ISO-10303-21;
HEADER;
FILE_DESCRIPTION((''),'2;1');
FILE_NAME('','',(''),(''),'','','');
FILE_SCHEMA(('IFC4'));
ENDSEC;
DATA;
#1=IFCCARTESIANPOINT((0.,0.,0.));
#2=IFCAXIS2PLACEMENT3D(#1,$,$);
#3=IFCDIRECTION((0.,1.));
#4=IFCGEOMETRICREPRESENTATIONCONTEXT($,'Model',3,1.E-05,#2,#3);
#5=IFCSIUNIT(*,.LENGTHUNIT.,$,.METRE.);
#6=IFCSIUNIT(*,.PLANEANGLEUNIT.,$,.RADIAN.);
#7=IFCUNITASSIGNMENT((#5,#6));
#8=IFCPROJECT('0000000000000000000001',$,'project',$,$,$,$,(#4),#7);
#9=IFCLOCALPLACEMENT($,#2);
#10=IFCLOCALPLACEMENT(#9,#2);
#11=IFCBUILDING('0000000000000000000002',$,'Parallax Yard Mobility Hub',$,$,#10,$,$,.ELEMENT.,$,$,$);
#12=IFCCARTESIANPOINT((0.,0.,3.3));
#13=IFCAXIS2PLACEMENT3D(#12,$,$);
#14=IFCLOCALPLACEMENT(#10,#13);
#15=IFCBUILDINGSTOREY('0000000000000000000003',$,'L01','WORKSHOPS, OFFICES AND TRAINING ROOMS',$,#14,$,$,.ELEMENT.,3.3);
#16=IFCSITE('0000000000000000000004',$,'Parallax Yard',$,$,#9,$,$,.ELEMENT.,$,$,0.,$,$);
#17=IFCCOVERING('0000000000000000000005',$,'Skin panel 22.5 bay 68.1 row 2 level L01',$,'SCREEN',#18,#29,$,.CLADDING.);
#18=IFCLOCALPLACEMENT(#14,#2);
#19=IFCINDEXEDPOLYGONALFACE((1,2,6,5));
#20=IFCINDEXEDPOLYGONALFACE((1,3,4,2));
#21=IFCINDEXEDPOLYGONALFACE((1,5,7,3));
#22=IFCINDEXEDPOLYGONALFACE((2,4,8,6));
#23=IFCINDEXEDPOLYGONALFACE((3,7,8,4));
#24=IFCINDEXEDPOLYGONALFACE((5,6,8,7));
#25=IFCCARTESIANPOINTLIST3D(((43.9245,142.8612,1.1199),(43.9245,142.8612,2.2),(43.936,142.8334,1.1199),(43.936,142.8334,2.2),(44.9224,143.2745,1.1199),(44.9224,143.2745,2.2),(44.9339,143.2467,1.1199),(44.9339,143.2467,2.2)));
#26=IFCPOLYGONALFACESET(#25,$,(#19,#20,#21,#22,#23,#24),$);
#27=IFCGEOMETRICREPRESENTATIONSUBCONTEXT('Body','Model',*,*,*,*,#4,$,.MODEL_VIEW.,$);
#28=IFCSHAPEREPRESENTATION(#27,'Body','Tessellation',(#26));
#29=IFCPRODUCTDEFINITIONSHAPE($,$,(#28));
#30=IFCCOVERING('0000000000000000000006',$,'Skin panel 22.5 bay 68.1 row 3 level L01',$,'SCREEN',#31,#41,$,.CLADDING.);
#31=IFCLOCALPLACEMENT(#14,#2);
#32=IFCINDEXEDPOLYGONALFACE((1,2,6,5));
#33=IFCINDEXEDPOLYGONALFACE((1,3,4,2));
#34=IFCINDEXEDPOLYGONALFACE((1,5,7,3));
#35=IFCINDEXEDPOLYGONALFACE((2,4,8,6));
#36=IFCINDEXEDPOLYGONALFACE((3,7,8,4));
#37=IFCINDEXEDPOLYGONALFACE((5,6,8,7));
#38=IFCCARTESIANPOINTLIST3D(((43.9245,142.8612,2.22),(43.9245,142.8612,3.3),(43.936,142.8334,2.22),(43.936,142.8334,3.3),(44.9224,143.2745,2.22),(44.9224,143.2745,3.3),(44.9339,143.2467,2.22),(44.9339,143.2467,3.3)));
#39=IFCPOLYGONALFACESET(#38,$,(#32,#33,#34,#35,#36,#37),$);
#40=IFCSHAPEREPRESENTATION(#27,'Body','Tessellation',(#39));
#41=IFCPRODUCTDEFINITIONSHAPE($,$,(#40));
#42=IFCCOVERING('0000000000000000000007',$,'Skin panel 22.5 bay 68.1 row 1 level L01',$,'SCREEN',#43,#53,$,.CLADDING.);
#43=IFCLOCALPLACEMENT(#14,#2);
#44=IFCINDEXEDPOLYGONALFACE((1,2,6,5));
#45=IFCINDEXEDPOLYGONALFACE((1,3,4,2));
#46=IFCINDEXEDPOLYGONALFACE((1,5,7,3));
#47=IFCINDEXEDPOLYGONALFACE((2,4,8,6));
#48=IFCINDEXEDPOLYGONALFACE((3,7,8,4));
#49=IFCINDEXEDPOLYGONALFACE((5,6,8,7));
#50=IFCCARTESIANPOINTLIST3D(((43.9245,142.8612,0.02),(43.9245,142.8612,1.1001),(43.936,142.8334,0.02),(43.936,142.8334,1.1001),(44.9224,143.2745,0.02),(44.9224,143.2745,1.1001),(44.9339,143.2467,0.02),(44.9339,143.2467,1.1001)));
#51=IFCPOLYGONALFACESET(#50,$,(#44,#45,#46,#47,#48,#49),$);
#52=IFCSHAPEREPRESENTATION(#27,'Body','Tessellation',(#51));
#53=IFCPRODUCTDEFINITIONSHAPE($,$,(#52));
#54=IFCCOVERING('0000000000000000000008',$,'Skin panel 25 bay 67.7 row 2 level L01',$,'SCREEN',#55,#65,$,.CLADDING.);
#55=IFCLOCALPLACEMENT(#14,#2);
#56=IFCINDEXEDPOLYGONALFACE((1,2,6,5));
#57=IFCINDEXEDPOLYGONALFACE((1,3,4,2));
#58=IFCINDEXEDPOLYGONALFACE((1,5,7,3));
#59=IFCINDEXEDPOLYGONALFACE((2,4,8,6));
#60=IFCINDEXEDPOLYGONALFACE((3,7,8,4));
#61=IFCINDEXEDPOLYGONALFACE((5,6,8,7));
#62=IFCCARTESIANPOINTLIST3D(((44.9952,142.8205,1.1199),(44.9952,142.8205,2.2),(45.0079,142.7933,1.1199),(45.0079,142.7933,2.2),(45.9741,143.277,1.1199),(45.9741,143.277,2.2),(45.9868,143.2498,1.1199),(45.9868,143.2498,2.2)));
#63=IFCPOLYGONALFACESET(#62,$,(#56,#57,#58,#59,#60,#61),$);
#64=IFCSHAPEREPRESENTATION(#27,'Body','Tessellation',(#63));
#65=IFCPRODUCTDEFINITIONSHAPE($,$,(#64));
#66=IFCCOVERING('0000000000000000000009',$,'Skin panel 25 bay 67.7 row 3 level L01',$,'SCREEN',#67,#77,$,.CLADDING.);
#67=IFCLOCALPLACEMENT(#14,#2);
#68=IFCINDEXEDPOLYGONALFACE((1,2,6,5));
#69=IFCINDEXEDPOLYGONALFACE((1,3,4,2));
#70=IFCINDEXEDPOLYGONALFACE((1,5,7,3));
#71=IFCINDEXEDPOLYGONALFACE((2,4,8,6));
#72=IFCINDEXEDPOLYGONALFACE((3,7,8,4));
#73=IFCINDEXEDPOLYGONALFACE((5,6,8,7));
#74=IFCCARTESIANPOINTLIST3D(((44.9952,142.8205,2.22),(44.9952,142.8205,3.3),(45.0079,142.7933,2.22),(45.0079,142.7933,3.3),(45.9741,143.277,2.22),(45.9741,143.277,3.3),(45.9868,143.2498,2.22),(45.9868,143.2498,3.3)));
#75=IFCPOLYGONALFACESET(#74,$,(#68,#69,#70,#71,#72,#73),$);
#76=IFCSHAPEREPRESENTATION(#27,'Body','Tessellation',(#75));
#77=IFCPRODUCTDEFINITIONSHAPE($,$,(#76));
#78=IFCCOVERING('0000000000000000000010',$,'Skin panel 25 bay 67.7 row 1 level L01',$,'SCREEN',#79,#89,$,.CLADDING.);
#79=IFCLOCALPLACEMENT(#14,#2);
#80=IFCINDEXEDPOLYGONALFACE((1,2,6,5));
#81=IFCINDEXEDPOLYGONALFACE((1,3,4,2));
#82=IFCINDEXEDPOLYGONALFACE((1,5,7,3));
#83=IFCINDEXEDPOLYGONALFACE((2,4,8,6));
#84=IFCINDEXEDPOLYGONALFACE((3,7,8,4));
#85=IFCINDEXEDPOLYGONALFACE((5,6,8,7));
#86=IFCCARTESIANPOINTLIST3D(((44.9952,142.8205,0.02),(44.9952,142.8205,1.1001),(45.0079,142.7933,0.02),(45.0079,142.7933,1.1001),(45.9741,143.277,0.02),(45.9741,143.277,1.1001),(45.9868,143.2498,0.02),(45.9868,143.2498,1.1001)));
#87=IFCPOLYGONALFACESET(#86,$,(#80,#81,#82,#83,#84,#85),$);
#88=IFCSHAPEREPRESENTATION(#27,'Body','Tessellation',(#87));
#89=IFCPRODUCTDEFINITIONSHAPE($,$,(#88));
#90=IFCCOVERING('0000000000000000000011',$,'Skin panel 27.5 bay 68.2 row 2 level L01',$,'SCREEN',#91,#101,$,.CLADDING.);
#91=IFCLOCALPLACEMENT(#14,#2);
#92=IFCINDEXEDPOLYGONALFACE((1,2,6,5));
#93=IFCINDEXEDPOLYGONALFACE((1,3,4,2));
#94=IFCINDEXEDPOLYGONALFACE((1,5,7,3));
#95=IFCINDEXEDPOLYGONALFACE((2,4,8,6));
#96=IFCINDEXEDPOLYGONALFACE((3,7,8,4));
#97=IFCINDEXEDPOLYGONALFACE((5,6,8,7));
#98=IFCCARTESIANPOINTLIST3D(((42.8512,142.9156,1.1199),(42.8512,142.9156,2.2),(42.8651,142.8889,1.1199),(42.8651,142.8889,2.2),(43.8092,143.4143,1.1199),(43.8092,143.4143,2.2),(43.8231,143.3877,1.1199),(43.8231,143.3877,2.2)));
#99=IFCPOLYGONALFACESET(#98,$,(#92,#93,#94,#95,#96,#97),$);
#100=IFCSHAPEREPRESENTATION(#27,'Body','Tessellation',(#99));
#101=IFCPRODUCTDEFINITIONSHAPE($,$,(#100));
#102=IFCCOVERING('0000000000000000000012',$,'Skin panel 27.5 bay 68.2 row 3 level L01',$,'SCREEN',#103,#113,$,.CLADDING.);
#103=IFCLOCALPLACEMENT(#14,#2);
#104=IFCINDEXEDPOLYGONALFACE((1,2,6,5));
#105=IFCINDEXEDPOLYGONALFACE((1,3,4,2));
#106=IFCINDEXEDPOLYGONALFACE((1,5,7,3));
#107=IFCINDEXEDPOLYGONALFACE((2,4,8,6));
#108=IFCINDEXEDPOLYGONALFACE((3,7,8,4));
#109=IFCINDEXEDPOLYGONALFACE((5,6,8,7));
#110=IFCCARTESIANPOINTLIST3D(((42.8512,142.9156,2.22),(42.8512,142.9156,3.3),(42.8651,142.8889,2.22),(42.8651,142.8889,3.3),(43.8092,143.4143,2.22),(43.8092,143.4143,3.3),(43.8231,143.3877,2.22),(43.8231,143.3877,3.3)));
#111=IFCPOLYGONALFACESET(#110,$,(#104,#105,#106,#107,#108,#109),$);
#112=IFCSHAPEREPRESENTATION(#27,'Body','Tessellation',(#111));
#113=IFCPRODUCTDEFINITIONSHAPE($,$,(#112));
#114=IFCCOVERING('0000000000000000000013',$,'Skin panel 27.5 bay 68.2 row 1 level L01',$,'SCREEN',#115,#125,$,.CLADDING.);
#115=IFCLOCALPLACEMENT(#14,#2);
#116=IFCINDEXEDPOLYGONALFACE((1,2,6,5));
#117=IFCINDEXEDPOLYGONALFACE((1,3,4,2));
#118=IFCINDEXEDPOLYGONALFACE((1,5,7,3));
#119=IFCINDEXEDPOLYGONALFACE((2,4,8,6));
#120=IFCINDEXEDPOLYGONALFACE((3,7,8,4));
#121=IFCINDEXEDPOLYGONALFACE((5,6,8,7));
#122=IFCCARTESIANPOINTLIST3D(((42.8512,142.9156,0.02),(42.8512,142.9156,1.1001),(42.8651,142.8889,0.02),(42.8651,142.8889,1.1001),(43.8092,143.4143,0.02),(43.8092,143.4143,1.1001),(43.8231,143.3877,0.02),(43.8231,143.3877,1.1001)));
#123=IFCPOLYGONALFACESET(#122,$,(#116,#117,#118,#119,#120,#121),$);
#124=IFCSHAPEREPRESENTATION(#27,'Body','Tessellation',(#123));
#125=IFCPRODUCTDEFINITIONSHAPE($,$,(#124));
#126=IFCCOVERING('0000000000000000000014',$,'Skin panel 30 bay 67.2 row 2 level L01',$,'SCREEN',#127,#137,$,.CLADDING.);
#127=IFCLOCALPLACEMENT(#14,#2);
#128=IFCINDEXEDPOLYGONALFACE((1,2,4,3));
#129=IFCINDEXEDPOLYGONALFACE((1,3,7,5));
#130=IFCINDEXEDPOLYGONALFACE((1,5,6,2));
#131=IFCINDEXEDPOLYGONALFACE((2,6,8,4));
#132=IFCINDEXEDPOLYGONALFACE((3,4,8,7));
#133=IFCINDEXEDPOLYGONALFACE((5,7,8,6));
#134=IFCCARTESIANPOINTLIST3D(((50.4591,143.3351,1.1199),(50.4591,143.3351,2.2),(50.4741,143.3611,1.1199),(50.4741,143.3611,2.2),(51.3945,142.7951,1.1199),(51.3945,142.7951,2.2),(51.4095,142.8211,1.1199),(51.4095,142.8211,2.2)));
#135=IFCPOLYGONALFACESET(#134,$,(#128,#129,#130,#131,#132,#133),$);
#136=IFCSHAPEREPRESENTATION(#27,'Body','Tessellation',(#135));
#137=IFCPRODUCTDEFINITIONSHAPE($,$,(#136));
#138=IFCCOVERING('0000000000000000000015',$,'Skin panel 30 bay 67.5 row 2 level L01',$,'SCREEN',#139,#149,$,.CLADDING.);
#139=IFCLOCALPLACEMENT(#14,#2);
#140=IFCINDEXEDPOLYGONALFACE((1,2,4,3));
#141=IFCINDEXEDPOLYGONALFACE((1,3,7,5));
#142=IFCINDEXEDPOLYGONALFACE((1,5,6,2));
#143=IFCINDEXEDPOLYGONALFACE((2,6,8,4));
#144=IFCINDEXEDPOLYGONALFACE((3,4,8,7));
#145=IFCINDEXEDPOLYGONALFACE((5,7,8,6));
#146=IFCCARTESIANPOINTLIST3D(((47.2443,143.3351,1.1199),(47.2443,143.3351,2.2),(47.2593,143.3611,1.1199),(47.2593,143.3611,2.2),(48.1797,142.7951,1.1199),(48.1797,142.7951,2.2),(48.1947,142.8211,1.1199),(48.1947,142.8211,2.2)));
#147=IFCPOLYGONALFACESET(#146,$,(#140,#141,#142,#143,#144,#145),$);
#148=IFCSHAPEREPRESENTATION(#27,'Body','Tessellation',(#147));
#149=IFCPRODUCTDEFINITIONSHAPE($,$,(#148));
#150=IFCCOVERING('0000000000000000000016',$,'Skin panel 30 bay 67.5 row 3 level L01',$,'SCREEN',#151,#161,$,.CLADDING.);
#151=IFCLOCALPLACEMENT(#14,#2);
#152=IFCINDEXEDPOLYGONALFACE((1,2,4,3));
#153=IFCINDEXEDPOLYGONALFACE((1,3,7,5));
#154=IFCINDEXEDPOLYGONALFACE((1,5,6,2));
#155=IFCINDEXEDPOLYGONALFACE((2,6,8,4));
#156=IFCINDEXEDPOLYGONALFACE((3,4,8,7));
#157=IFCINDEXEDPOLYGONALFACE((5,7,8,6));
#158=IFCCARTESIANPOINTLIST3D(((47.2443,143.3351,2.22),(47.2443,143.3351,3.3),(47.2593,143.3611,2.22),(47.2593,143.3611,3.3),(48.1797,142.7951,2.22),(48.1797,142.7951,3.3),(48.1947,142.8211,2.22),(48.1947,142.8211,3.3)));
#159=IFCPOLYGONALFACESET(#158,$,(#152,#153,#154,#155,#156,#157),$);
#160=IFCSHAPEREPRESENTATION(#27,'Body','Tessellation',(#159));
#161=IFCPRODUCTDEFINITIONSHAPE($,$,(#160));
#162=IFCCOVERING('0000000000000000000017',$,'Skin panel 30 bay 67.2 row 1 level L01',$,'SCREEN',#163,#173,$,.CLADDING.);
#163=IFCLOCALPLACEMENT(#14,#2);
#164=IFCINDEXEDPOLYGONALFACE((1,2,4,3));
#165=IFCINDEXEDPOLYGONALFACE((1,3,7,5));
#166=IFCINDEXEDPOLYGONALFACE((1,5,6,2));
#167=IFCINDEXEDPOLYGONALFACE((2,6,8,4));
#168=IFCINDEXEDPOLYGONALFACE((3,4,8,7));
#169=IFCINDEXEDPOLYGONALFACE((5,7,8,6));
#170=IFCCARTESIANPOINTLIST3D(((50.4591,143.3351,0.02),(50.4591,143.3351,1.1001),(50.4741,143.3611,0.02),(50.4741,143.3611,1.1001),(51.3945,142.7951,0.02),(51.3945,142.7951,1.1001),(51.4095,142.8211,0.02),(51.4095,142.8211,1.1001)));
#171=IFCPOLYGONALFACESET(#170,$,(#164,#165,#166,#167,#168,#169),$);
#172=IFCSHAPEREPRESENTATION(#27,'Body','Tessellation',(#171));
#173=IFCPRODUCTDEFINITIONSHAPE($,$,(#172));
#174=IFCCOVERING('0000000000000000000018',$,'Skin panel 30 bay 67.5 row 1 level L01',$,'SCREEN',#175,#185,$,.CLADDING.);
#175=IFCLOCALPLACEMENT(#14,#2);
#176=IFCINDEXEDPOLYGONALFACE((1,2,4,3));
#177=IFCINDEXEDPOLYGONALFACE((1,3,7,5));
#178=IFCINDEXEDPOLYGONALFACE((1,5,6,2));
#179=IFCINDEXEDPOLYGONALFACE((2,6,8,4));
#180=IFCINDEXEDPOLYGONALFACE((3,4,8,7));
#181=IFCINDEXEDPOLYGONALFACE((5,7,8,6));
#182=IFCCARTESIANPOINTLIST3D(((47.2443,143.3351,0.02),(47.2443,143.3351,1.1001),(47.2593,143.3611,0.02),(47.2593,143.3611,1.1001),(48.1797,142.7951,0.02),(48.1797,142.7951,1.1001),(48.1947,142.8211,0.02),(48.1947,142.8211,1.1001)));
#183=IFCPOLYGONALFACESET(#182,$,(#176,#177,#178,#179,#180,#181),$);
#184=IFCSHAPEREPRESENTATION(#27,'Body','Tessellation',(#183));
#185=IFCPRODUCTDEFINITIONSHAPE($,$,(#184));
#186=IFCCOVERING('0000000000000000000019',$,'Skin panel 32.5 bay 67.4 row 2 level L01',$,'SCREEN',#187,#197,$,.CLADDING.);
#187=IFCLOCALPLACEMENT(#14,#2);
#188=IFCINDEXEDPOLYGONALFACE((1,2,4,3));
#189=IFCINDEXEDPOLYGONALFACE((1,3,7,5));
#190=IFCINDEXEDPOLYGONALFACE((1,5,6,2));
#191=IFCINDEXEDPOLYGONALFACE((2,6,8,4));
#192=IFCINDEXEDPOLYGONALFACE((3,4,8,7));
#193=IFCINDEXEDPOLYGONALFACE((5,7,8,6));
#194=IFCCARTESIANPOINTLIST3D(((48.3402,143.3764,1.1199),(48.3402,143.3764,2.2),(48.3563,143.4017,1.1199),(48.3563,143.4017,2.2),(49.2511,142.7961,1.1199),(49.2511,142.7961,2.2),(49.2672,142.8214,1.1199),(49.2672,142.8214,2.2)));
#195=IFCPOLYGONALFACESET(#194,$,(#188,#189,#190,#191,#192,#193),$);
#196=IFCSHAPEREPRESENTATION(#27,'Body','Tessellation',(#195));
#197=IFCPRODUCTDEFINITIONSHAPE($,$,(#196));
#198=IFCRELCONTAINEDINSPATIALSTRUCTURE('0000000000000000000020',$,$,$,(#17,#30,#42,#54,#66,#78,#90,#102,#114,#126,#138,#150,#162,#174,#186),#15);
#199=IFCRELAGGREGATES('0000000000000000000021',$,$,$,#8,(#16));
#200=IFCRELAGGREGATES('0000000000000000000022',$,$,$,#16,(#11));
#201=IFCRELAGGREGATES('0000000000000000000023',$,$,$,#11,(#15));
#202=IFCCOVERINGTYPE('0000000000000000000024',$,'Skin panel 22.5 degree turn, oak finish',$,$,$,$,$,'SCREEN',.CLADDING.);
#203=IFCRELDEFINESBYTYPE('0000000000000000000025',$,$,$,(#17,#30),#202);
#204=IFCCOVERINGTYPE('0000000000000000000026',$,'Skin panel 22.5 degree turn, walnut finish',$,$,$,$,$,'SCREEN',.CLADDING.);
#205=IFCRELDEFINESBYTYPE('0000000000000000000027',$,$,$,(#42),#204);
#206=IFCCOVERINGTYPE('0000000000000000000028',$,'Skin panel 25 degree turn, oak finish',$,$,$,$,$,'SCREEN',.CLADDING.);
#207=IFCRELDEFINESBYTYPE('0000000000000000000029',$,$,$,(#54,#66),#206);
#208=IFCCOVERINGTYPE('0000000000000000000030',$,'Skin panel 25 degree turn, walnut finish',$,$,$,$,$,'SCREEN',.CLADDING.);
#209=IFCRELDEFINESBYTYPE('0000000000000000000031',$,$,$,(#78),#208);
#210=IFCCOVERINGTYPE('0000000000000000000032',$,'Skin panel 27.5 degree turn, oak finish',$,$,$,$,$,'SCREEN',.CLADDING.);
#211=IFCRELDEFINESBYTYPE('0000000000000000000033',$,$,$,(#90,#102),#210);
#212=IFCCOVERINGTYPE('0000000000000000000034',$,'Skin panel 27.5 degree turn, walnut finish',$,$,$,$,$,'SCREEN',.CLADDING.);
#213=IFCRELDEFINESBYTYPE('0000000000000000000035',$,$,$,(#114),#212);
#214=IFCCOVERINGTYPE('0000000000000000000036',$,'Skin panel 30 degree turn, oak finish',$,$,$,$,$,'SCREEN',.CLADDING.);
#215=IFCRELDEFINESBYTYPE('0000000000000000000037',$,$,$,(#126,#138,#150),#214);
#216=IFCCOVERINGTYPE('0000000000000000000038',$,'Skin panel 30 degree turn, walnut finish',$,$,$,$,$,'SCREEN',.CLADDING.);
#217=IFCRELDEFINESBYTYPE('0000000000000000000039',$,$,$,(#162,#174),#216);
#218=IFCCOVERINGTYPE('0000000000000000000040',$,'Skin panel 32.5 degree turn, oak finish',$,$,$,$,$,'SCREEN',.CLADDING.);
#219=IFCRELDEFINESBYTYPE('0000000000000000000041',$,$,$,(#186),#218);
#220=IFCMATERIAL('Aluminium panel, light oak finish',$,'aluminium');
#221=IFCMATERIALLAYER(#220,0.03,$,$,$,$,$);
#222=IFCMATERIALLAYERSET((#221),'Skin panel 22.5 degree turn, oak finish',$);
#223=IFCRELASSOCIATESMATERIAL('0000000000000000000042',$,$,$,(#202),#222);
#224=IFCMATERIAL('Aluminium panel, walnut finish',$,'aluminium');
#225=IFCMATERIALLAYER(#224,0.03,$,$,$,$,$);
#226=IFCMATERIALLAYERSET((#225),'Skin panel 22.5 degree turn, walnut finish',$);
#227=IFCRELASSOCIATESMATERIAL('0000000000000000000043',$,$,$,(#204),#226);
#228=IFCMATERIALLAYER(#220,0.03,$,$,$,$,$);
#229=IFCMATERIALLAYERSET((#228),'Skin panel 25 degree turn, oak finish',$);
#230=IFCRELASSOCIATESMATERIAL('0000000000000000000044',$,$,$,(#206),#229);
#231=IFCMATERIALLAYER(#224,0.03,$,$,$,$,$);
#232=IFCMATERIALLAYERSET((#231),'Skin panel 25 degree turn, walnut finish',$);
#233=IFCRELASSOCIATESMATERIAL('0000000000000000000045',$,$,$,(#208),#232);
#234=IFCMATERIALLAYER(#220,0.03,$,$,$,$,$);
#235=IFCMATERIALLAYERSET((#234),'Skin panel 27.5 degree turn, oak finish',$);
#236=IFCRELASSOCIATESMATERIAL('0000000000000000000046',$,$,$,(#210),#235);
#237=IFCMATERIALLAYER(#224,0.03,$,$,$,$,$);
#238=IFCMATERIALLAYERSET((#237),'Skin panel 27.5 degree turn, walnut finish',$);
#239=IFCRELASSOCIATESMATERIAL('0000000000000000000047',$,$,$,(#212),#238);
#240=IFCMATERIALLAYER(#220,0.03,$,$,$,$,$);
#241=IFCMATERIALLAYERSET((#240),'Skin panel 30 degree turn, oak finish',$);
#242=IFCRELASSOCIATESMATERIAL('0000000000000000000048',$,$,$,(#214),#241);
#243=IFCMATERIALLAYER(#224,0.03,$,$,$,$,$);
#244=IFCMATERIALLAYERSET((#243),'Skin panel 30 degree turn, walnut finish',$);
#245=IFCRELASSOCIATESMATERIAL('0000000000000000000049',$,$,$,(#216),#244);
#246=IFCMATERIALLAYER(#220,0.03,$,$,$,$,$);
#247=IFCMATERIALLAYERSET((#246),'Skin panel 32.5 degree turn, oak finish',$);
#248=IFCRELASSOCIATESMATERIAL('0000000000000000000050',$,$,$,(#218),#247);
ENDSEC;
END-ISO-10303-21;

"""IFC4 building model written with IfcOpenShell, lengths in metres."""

from ifc_helpers import new_model, si_unit, direction, frame, origin, origin_2d, place, context, subcontext, project, spatial, rectangle, extrude, material, layer, layer_set, type_object, element, save


model = new_model("IFC4")

# Units and contexts
model_context = context("Model", 3, precision=1e-05, world=origin(), true_north=direction((0.0, 1.0)))
body_context = subcontext(model_context, "Body", "Model", "MODEL_VIEW")
ifc_project = project(units=[si_unit("LENGTHUNIT", "METRE"), si_unit("PLANEANGLEUNIT", "RADIAN")], contexts=[model_context])

# Site, building, storey
site_placement = place(None, origin())
site = spatial("IfcSite", under=ifc_project, at=site_placement, Name="Parallax Yard", CompositionType="ELEMENT", RefElevation=0.0)
building_placement = place(site_placement, origin())
building = spatial("IfcBuilding", under=site, at=building_placement, Name="Parallax Yard Mobility Hub", CompositionType="ELEMENT")
storey_placement = place(building_placement, frame((0.0, 0.0, 3.3)))
storey = spatial("IfcBuildingStorey", under=building, at=storey_placement, Name="L01", Description="WORKSHOPS, OFFICES AND TRAINING ROOMS", CompositionType="ELEMENT", Elevation=3.3)

# Coverings
ifc_material_1 = material(Name="Aluminium panel, light oak finish", Category="aluminium")
ifc_layer_1 = layer(ifc_material_1, 0.03)
ifc_layer_set_1 = layer_set([ifc_layer_1], Name="Skin panel 22.5 degree turn, oak finish")
covering_type_1 = type_object("IfcCoveringType", Name="Skin panel 22.5 degree turn, oak finish", ElementType="SCREEN", PredefinedType="CLADDING", material=ifc_layer_set_1)
for number, where, z_axis, x_axis, name in (
    (1, (44.4292, 143.054, 1.1199), (0.0, 0.0, 1.0), (0.92388, 0.382683, 0.0), "Skin panel 22.5 bay 68.1 row 2 level L01"),
    (2, (44.4292, 143.054, 2.22), (0.0, 0.0, 1.0), (0.92388, 0.382683, 0.0), "Skin panel 22.5 bay 68.1 row 3 level L01"),
):
    element("IfcCovering", number, at=place(storey_placement, frame(where, z_axis=z_axis, x_axis=x_axis)), inside=storey, type_object=covering_type_1, Name=name, ObjectType="SCREEN", PredefinedType="CLADDING", context=body_context, shape_type="SweptSolid", body=[
        extrude(rectangle(XDim=1.0801, YDim=0.03, at=origin_2d()), origin(), (0.0, 0.0, 1.0), 1.0801),
    ])
ifc_material_2 = material(Name="Aluminium panel, walnut finish", Category="aluminium")
ifc_layer_2 = layer(ifc_material_2, 0.03)
ifc_layer_set_2 = layer_set([ifc_layer_2], Name="Skin panel 22.5 degree turn, walnut finish")
covering_type_2 = type_object("IfcCoveringType", Name="Skin panel 22.5 degree turn, walnut finish", ElementType="SCREEN", PredefinedType="CLADDING", material=ifc_layer_set_2)
covering_1_placement = place(storey_placement, frame((44.4292, 143.054, 0.02), z_axis=(0.0, 0.0, 1.0), x_axis=(0.92388, 0.382683, 0.0)))
element("IfcCovering", 3, at=covering_1_placement, inside=storey, type_object=covering_type_2, Name="Skin panel 22.5 bay 68.1 row 1 level L01", ObjectType="SCREEN", PredefinedType="CLADDING", context=body_context, shape_type="SweptSolid", body=[
    extrude(rectangle(XDim=1.0801, YDim=0.03, at=origin_2d()), origin(), (0.0, 0.0, 1.0), 1.0801),
])
ifc_layer_3 = layer(ifc_material_1, 0.03)
ifc_layer_set_3 = layer_set([ifc_layer_3], Name="Skin panel 25 degree turn, oak finish")
covering_type_3 = type_object("IfcCoveringType", Name="Skin panel 25 degree turn, oak finish", ElementType="SCREEN", PredefinedType="CLADDING", material=ifc_layer_set_3)
for number, where, z_axis, x_axis, name in (
    (4, (45.491, 143.0352, 1.1199), (0.0, 0.0, 1.0), (0.906308, 0.422618, 0.0), "Skin panel 25 bay 67.7 row 2 level L01"),
    (5, (45.491, 143.0352, 2.22), (0.0, 0.0, 1.0), (0.906308, 0.422618, 0.0), "Skin panel 25 bay 67.7 row 3 level L01"),
):
    element("IfcCovering", number, at=place(storey_placement, frame(where, z_axis=z_axis, x_axis=x_axis)), inside=storey, type_object=covering_type_3, Name=name, ObjectType="SCREEN", PredefinedType="CLADDING", context=body_context, shape_type="SweptSolid", body=[
        extrude(rectangle(XDim=1.0801, YDim=0.03, at=origin_2d()), origin(), (0.0, 0.0, 1.0), 1.0801),
    ])
ifc_layer_4 = layer(ifc_material_2, 0.03)
ifc_layer_set_4 = layer_set([ifc_layer_4], Name="Skin panel 25 degree turn, walnut finish")
covering_type_4 = type_object("IfcCoveringType", Name="Skin panel 25 degree turn, walnut finish", ElementType="SCREEN", PredefinedType="CLADDING", material=ifc_layer_set_4)
covering_2_placement = place(storey_placement, frame((45.491, 143.0352, 0.02), z_axis=(0.0, 0.0, 1.0), x_axis=(0.906308, 0.422618, 0.0)))
element("IfcCovering", 6, at=covering_2_placement, inside=storey, type_object=covering_type_4, Name="Skin panel 25 bay 67.7 row 1 level L01", ObjectType="SCREEN", PredefinedType="CLADDING", context=body_context, shape_type="SweptSolid", body=[
    extrude(rectangle(XDim=1.0801, YDim=0.03, at=origin_2d()), origin(), (0.0, 0.0, 1.0), 1.0801),
])
ifc_layer_5 = layer(ifc_material_1, 0.03)
ifc_layer_set_5 = layer_set([ifc_layer_5], Name="Skin panel 27.5 degree turn, oak finish")
covering_type_5 = type_object("IfcCoveringType", Name="Skin panel 27.5 degree turn, oak finish", ElementType="SCREEN", PredefinedType="CLADDING", material=ifc_layer_set_5)
for number, where, z_axis, x_axis, name in (
    (7, (43.3372, 143.1516, 1.1199), (0.0, 0.0, 1.0), (0.887011, 0.461749, 0.0), "Skin panel 27.5 bay 68.2 row 2 level L01"),
    (8, (43.3372, 143.1516, 2.22), (0.0, 0.0, 1.0), (0.887011, 0.461749, 0.0), "Skin panel 27.5 bay 68.2 row 3 level L01"),
):
    element("IfcCovering", number, at=place(storey_placement, frame(where, z_axis=z_axis, x_axis=x_axis)), inside=storey, type_object=covering_type_5, Name=name, ObjectType="SCREEN", PredefinedType="CLADDING", context=body_context, shape_type="SweptSolid", body=[
        extrude(rectangle(XDim=1.0801, YDim=0.03, at=origin_2d()), origin(), (0.0, 0.0, 1.0), 1.0801),
    ])
ifc_layer_6 = layer(ifc_material_2, 0.03)
ifc_layer_set_6 = layer_set([ifc_layer_6], Name="Skin panel 27.5 degree turn, walnut finish")
covering_type_6 = type_object("IfcCoveringType", Name="Skin panel 27.5 degree turn, walnut finish", ElementType="SCREEN", PredefinedType="CLADDING", material=ifc_layer_set_6)
covering_3_placement = place(storey_placement, frame((43.3372, 143.1516, 0.02), z_axis=(0.0, 0.0, 1.0), x_axis=(0.887011, 0.461749, 0.0)))
element("IfcCovering", 9, at=covering_3_placement, inside=storey, type_object=covering_type_6, Name="Skin panel 27.5 bay 68.2 row 1 level L01", ObjectType="SCREEN", PredefinedType="CLADDING", context=body_context, shape_type="SweptSolid", body=[
    extrude(rectangle(XDim=1.0801, YDim=0.03, at=origin_2d()), origin(), (0.0, 0.0, 1.0), 1.0801),
])
ifc_layer_7 = layer(ifc_material_1, 0.03)
ifc_layer_set_7 = layer_set([ifc_layer_7], Name="Skin panel 30 degree turn, oak finish")
covering_type_7 = type_object("IfcCoveringType", Name="Skin panel 30 degree turn, oak finish", ElementType="SCREEN", PredefinedType="CLADDING", material=ifc_layer_set_7)
for number, where, z_axis, x_axis, name in (
    (10, (50.9343, 143.0781, 1.1199), (0.0, 0.0, 1.0), (-0.866025, 0.5, 0.0), "Skin panel 30 bay 67.2 row 2 level L01"),
    (11, (47.7195, 143.0781, 1.1199), (0.0, 0.0, 1.0), (-0.866025, 0.5, 0.0), "Skin panel 30 bay 67.5 row 2 level L01"),
    (12, (47.7195, 143.0781, 2.22), (0.0, 0.0, 1.0), (-0.866025, 0.5, 0.0), "Skin panel 30 bay 67.5 row 3 level L01"),
):
    element("IfcCovering", number, at=place(storey_placement, frame(where, z_axis=z_axis, x_axis=x_axis)), inside=storey, type_object=covering_type_7, Name=name, ObjectType="SCREEN", PredefinedType="CLADDING", context=body_context, shape_type="SweptSolid", body=[
        extrude(rectangle(XDim=1.0801, YDim=0.03, at=origin_2d()), origin(), (0.0, 0.0, 1.0), 1.0801),
    ])
ifc_layer_8 = layer(ifc_material_2, 0.03)
ifc_layer_set_8 = layer_set([ifc_layer_8], Name="Skin panel 30 degree turn, walnut finish")
covering_type_8 = type_object("IfcCoveringType", Name="Skin panel 30 degree turn, walnut finish", ElementType="SCREEN", PredefinedType="CLADDING", material=ifc_layer_set_8)
for number, where, z_axis, x_axis, name in (
    (13, (50.9343, 143.0781, 0.02), (0.0, 0.0, 1.0), (-0.866025, 0.5, 0.0), "Skin panel 30 bay 67.2 row 1 level L01"),
    (14, (47.7195, 143.0781, 0.02), (0.0, 0.0, 1.0), (-0.866025, 0.5, 0.0), "Skin panel 30 bay 67.5 row 1 level L01"),
):
    element("IfcCovering", number, at=place(storey_placement, frame(where, z_axis=z_axis, x_axis=x_axis)), inside=storey, type_object=covering_type_8, Name=name, ObjectType="SCREEN", PredefinedType="CLADDING", context=body_context, shape_type="SweptSolid", body=[
        extrude(rectangle(XDim=1.0801, YDim=0.03, at=origin_2d()), origin(), (0.0, 0.0, 1.0), 1.0801),
    ])
ifc_layer_9 = layer(ifc_material_1, 0.03)
ifc_layer_set_9 = layer_set([ifc_layer_9], Name="Skin panel 32.5 degree turn, oak finish")
covering_type_9 = type_object("IfcCoveringType", Name="Skin panel 32.5 degree turn, oak finish", ElementType="SCREEN", PredefinedType="CLADDING", material=ifc_layer_set_9)
for number, where, z_axis, x_axis, name in (
    (15, (48.8037, 143.0989, 1.1199), (0.0, 0.0, 1.0), (-0.843391, 0.5373, 0.0), "Skin panel 32.5 bay 67.4 row 2 level L01"),
):
    element("IfcCovering", number, at=place(storey_placement, frame(where, z_axis=z_axis, x_axis=x_axis)), inside=storey, type_object=covering_type_9, Name=name, ObjectType="SCREEN", PredefinedType="CLADDING", context=body_context, shape_type="SweptSolid", body=[
        extrude(rectangle(XDim=1.0801, YDim=0.03, at=origin_2d()), origin(), (0.0, 0.0, 1.0), 1.0801),
    ])

save(model, "model.ifc")
